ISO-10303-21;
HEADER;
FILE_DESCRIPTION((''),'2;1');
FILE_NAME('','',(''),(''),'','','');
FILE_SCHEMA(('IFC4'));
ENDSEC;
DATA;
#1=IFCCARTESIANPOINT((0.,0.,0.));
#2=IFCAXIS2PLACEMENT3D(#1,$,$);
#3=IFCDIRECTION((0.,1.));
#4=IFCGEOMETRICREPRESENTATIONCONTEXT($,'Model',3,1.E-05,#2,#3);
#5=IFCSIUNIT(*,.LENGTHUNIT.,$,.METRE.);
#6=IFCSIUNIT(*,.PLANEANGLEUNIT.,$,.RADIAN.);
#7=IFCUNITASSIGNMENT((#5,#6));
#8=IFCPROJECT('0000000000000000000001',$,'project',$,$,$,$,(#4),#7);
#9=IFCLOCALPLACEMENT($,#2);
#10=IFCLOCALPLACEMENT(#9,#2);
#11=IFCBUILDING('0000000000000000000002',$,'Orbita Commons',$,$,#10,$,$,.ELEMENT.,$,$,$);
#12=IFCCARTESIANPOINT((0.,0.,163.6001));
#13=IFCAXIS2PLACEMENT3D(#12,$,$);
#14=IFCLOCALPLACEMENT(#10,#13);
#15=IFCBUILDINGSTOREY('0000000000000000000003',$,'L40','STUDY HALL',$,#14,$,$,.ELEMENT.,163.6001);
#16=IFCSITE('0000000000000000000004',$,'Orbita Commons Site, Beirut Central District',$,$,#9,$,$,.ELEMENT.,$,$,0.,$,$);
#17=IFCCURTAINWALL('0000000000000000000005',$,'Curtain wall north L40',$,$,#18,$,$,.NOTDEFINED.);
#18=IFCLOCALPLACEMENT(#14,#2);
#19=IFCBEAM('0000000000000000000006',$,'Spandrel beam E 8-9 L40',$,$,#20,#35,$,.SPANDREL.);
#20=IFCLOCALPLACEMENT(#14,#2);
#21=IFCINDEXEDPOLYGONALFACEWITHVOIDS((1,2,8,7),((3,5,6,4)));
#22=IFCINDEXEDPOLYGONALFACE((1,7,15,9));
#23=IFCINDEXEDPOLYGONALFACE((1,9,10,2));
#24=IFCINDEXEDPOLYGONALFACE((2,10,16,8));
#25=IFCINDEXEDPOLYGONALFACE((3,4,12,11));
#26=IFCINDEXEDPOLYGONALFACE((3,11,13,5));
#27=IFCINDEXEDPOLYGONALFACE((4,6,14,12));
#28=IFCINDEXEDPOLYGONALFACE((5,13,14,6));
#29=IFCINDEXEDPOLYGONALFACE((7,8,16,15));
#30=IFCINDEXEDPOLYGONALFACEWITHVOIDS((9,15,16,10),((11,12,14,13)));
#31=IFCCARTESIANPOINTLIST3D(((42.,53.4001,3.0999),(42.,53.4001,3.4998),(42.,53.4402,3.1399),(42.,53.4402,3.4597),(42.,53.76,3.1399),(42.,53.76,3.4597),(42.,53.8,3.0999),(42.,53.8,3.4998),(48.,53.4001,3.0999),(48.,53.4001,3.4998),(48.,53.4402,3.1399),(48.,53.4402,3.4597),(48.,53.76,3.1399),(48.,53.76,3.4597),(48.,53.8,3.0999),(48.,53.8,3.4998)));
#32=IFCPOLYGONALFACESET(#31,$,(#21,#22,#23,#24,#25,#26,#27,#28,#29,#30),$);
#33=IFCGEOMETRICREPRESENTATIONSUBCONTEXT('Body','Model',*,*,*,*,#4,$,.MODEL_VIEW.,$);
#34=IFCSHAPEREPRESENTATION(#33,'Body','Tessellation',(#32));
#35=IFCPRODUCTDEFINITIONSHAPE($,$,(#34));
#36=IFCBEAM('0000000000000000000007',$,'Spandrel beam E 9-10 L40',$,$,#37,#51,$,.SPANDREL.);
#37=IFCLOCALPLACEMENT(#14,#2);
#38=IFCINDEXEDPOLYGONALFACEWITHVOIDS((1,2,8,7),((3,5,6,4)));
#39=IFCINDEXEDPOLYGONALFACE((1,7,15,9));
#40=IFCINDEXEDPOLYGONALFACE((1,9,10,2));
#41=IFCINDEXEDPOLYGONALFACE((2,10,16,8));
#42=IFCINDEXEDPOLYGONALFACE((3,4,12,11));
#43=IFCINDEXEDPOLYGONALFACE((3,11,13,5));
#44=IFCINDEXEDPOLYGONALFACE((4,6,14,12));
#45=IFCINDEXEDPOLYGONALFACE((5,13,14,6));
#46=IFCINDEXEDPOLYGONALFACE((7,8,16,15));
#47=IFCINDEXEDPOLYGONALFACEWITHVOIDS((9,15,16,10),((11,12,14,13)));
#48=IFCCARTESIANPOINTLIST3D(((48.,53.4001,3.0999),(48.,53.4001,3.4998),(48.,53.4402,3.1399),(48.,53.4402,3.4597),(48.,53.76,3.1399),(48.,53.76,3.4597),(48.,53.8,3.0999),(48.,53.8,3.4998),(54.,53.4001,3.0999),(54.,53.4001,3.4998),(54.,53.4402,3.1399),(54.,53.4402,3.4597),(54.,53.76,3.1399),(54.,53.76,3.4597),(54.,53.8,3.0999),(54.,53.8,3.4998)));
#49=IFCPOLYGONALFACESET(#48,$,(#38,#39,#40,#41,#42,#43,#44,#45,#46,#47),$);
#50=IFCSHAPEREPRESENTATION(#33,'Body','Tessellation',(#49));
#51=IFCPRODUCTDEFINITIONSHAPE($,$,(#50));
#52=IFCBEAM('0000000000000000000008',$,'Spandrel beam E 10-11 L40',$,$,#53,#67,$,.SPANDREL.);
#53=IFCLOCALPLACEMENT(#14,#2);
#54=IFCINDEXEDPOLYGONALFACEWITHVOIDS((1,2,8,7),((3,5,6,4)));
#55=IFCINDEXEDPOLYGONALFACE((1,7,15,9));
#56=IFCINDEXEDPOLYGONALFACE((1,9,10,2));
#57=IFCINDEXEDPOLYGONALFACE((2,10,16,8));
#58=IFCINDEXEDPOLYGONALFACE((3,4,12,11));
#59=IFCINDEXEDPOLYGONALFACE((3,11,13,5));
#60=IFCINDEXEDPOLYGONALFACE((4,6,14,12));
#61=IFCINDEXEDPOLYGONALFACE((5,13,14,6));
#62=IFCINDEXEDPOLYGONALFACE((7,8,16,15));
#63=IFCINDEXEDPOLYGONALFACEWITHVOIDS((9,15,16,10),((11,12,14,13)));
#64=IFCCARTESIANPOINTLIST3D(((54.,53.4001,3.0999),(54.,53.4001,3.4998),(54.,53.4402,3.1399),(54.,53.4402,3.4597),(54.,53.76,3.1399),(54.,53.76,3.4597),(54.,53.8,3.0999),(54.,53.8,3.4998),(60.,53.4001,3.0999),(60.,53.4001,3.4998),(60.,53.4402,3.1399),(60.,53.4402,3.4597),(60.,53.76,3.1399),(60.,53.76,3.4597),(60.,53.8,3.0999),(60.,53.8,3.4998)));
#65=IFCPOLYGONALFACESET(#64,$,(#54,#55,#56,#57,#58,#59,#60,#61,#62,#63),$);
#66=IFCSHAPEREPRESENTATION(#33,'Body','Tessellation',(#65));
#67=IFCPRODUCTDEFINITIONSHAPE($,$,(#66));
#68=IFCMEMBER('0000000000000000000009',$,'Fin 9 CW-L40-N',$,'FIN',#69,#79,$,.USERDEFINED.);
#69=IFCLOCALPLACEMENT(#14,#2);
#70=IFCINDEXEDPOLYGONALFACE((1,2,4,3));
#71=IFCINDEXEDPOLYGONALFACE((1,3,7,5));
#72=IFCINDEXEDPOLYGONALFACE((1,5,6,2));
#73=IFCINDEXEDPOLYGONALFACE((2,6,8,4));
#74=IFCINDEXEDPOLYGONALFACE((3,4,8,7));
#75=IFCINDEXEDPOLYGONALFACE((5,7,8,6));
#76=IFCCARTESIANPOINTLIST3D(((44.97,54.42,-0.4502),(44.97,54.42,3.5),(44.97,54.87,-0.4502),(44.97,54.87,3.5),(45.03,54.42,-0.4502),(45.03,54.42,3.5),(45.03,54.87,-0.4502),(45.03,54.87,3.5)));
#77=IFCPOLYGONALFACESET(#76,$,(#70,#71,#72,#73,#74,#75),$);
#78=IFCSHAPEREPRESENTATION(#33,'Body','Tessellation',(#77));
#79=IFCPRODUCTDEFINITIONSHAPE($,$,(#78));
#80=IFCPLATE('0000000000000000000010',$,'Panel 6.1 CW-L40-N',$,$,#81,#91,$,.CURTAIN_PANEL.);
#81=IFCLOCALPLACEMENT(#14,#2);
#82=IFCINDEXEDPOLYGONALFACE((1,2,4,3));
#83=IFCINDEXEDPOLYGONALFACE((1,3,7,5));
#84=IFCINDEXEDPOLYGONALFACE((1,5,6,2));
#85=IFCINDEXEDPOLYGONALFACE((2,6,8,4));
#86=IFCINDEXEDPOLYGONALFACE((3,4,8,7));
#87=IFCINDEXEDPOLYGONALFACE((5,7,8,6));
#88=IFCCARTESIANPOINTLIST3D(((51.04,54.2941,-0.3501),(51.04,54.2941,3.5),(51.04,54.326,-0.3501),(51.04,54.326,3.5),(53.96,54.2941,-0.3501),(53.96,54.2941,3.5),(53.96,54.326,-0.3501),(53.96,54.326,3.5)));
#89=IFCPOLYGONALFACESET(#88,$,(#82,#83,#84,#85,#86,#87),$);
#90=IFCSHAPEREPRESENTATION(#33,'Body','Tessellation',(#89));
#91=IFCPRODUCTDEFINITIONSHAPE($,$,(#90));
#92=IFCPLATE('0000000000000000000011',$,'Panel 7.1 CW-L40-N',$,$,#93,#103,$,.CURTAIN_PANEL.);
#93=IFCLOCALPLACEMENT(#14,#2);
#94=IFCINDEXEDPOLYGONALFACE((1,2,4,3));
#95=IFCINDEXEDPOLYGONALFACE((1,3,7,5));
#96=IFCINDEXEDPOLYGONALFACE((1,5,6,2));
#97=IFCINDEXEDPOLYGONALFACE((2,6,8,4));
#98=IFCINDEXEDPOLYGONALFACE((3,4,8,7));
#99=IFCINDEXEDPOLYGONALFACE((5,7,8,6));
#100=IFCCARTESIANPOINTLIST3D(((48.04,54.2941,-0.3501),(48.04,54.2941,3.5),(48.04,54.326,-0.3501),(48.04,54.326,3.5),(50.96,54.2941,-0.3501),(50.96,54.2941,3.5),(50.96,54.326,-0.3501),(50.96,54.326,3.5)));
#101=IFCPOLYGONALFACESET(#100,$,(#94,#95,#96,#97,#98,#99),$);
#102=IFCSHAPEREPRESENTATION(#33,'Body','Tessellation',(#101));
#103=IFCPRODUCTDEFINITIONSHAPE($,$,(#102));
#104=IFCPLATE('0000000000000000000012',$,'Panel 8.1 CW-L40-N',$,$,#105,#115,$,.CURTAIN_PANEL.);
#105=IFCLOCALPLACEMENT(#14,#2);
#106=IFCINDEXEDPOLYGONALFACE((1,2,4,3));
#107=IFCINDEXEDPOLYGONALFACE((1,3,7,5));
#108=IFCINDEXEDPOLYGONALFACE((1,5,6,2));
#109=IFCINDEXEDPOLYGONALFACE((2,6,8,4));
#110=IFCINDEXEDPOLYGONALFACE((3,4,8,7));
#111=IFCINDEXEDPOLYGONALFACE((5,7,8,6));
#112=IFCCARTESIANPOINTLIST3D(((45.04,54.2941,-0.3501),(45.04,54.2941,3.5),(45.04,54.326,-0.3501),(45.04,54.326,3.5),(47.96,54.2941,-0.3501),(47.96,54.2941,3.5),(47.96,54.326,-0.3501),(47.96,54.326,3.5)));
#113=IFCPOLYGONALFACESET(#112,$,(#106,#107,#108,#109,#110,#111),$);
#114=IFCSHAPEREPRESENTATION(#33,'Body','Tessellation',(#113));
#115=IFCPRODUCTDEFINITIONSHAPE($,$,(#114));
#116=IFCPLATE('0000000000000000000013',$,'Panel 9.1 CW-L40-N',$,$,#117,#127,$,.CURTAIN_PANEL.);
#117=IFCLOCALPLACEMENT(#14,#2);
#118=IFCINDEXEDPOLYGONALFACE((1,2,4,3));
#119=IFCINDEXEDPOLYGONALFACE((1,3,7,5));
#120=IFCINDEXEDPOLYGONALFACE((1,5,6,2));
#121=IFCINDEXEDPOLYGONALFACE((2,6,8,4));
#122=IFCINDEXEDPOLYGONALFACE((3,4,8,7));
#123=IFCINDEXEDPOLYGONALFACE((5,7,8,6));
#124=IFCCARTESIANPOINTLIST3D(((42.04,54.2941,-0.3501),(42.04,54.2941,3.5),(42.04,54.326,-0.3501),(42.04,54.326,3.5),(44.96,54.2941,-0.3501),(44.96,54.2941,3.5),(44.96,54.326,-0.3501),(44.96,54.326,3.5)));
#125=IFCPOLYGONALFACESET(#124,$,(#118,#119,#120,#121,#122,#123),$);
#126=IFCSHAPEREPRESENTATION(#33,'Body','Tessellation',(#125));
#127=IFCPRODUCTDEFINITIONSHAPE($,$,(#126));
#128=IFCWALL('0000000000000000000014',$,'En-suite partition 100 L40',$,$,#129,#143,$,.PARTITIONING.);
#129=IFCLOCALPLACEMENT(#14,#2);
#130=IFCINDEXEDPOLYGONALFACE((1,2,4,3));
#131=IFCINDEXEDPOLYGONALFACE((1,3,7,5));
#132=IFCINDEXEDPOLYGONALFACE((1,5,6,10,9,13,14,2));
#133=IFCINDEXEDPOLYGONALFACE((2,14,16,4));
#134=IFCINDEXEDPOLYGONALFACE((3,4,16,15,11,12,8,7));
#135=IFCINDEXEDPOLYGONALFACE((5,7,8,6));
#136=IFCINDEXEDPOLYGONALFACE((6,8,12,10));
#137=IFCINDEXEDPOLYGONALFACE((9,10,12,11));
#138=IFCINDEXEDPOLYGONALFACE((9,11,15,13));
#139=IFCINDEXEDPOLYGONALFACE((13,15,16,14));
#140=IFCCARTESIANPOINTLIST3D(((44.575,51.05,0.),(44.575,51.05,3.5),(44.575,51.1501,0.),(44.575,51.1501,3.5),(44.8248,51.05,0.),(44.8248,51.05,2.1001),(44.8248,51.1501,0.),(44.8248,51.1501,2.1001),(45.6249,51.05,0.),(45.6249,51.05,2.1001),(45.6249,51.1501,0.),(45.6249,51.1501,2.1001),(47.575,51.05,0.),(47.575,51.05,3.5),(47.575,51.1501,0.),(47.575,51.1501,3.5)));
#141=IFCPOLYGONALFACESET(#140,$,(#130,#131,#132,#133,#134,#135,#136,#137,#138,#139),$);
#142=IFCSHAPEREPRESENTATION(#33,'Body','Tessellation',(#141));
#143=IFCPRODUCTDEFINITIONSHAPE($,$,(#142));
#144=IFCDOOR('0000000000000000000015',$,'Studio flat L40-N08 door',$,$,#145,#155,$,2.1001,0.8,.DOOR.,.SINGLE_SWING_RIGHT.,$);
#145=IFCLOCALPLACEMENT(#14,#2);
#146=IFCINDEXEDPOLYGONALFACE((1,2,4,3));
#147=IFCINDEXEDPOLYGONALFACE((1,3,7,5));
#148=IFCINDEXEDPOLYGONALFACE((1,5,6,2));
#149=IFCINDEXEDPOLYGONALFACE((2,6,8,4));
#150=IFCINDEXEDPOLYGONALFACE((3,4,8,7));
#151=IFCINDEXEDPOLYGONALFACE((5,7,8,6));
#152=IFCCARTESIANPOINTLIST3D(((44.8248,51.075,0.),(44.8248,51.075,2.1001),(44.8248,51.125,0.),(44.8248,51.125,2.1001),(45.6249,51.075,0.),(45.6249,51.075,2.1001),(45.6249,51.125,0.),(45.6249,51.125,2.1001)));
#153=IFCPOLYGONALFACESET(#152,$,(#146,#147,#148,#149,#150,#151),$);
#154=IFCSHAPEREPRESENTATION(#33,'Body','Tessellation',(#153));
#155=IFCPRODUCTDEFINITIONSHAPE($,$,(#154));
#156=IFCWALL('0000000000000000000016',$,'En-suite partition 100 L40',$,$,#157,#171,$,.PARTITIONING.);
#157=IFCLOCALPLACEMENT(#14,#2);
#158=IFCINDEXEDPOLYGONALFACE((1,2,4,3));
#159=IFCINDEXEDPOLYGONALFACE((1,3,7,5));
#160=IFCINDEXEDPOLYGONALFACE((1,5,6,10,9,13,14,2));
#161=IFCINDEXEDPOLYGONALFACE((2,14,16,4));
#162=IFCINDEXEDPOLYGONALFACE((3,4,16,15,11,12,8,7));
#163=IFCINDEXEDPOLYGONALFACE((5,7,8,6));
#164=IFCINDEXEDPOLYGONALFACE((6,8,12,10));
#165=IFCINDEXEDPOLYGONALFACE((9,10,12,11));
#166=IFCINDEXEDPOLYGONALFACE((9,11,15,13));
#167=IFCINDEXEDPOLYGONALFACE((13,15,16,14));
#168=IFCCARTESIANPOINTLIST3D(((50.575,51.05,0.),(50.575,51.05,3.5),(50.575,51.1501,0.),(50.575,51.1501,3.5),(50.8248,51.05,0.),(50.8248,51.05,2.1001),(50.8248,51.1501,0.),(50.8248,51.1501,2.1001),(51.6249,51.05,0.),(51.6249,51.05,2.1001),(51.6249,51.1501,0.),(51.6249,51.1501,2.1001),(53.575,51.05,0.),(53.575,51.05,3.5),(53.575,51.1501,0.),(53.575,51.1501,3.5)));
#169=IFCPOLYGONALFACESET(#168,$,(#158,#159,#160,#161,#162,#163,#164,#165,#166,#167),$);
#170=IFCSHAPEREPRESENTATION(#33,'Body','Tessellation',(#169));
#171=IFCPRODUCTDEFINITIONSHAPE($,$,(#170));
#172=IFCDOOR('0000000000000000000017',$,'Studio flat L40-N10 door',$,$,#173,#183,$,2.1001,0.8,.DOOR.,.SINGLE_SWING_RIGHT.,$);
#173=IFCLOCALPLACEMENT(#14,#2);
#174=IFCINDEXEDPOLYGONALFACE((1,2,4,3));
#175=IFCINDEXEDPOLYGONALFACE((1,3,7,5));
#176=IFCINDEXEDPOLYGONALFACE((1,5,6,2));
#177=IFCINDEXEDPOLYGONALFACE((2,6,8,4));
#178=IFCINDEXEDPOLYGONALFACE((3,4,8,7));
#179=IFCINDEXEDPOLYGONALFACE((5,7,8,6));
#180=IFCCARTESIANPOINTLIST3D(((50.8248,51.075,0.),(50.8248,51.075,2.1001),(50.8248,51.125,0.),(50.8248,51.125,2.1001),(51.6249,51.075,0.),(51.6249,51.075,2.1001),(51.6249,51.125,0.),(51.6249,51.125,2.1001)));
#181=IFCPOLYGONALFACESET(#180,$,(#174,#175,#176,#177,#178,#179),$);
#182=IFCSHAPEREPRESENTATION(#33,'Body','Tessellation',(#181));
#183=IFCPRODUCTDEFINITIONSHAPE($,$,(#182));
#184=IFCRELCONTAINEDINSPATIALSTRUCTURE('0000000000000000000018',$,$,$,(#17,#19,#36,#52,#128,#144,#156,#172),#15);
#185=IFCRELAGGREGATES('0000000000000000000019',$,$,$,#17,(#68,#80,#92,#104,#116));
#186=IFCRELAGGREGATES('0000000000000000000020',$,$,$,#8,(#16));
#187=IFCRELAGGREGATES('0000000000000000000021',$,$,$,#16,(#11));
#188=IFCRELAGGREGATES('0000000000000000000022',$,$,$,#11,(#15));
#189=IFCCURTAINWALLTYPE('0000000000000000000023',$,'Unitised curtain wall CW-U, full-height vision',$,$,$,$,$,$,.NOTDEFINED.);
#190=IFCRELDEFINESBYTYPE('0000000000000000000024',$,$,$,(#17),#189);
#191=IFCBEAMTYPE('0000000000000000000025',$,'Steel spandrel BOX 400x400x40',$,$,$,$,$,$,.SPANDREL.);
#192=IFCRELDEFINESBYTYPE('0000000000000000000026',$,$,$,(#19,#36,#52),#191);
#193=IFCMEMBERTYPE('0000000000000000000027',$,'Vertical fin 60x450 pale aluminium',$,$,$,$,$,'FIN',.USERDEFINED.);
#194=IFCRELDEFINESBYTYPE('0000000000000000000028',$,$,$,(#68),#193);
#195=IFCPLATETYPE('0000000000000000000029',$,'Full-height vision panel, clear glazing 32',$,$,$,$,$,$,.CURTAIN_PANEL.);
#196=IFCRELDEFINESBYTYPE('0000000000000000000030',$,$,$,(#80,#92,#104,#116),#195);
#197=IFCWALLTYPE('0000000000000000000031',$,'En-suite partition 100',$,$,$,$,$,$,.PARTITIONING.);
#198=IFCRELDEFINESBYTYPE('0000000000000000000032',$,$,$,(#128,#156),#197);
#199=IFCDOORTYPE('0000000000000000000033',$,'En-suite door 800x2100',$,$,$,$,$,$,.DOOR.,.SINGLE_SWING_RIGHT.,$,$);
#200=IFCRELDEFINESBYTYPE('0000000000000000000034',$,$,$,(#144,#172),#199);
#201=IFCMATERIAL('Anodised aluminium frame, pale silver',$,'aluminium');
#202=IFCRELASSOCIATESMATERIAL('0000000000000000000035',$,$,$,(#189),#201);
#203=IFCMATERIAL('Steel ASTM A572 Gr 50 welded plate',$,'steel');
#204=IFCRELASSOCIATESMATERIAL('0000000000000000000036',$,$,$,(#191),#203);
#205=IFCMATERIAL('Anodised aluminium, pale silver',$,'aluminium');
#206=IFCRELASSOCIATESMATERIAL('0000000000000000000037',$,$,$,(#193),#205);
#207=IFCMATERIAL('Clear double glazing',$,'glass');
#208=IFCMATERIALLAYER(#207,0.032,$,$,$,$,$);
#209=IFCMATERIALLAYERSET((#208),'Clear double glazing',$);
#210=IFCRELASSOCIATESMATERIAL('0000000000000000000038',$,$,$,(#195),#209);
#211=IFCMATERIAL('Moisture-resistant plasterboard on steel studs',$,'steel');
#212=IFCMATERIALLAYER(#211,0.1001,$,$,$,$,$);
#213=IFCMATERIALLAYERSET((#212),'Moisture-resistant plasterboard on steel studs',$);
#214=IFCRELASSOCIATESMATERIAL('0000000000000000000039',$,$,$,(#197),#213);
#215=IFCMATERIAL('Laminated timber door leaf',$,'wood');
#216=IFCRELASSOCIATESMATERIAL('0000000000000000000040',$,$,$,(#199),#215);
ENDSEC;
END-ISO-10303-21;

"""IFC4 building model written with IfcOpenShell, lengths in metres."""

from ifc_helpers import new_model, si_unit, direction, frame, frame_2d, origin, origin_2d, place, context, subcontext, project, spatial, rectangle, hollow_rectangle, extrude, material, layer, layer_set, material_profile, profile_set, type_object, element, fill, aggregate, save


model = new_model("IFC4")

# Units and contexts
model_context = context("Model", 3, precision=1e-05, world=origin(), true_north=direction((0.0, 1.0)))
body_context = subcontext(model_context, "Body", "Model", "MODEL_VIEW")
ifc_project = project(units=[si_unit("LENGTHUNIT", "METRE"), si_unit("PLANEANGLEUNIT", "RADIAN")], contexts=[model_context])

# Site, building, storey
site_placement = place(None, origin())
site = spatial("IfcSite", under=ifc_project, at=site_placement, Name="Orbita Commons Site, Beirut Central District", CompositionType="ELEMENT", RefElevation=0.0)
building_placement = place(site_placement, origin())
building = spatial("IfcBuilding", under=site, at=building_placement, Name="Orbita Commons", CompositionType="ELEMENT")
storey_placement = place(building_placement, frame((0.0, 0.0, 163.6001)))
storey = spatial("IfcBuildingStorey", under=building, at=storey_placement, Name="L40", Description="STUDY HALL", CompositionType="ELEMENT", Elevation=163.6001)

# Curtain wall
ifc_material_1 = material(Name="Anodised aluminium frame, pale silver", Category="aluminium")
curtain_wall_type = type_object("IfcCurtainWallType", Name="Unitised curtain wall CW-U, full-height vision", PredefinedType="NOTDEFINED", material=ifc_material_1)
curtain_wall_placement = place(storey_placement, origin())
curtain_wall = element("IfcCurtainWall", 1, at=curtain_wall_placement, inside=storey, type_object=curtain_wall_type, Name="Curtain wall north L40", PredefinedType="NOTDEFINED")

# Beams
ifc_material_2 = material(Name="Steel ASTM A572 Gr 50 welded plate", Category="steel")
ifc_material_profile_1 = material_profile(ifc_material_2, hollow_rectangle(XDim=0.3999, YDim=0.3999, WallThickness=0.04, at=origin_2d()), Name="BOX 400x400x40")
ifc_profile_set_1 = profile_set([ifc_material_profile_1], Name="Steel ASTM A572 Gr 50 welded plate")
beam_type = type_object("IfcBeamType", Name="Steel spandrel BOX 400x400x40", PredefinedType="SPANDREL", material=ifc_profile_set_1)
for number, where, z_axis, x_axis, name in (
    (2, (42.0, 53.6001, 3.2998), (1.0, 0.0, 0.0), (0.0, 1.0, 0.0), "Spandrel beam E 8-9 L40"),
    (3, (48.0, 53.6001, 3.2998), (1.0, 0.0, 0.0), (0.0, 1.0, 0.0), "Spandrel beam E 9-10 L40"),
    (4, (54.0, 53.6001, 3.2998), (1.0, 0.0, 0.0), (0.0, 1.0, 0.0), "Spandrel beam E 10-11 L40"),
):
    element("IfcBeam", number, at=place(storey_placement, frame(where, z_axis=z_axis, x_axis=x_axis)), inside=storey, type_object=beam_type, Name=name, PredefinedType="SPANDREL", context=body_context, shape_type="SweptSolid", body=[
        extrude(hollow_rectangle(XDim=0.3999, YDim=0.3999, WallThickness=0.04, at=origin_2d()), origin(), (0.0, 0.0, 1.0), 6.0),
    ])

# Member
ifc_material_3 = material(Name="Anodised aluminium, pale silver", Category="aluminium")
ifc_material_profile_2 = material_profile(ifc_material_3, rectangle(XDim=0.0601, YDim=0.45, at=origin_2d()), Name="FIN 60x450")
ifc_profile_set_2 = profile_set([ifc_material_profile_2], Name="Anodised aluminium, pale silver")
member_type_1 = type_object("IfcMemberType", Name="Vertical fin 60x450 pale aluminium", ElementType="FIN", PredefinedType="USERDEFINED", material=ifc_profile_set_2)
member_1_placement = place(storey_placement, frame((45.0, 54.645, -0.4502), z_axis=(0.0, 0.0, 1.0), x_axis=(-1.0, 0.0, 0.0)))
member_1 = element("IfcMember", 5, at=member_1_placement, type_object=member_type_1, Name="Fin 9 CW-L40-N", ObjectType="FIN", PredefinedType="USERDEFINED", context=body_context, shape_type="SweptSolid", body=[
    extrude(rectangle(XDim=0.0601, YDim=0.45, at=origin_2d()), origin(), (0.0, 0.0, 1.0), 3.9502),
])

# Plates
ifc_material_4 = material(Name="Clear double glazing", Category="glass")
ifc_layer_1 = layer(ifc_material_4, 0.032)
ifc_layer_set_1 = layer_set([ifc_layer_1], Name="Clear double glazing")
plate_type = type_object("IfcPlateType", Name="Full-height vision panel, clear glazing 32", PredefinedType="CURTAIN_PANEL", material=ifc_layer_set_1)
plate_1_placement = place(storey_placement, frame((52.5, 54.3101, -0.3501), z_axis=(0.0, 0.0, 1.0), x_axis=(-1.0, 0.0, 0.0)))
plate_1 = element("IfcPlate", 6, at=plate_1_placement, type_object=plate_type, Name="Panel 6.1 CW-L40-N", PredefinedType="CURTAIN_PANEL", context=body_context, shape_type="SweptSolid", body=[
    extrude(rectangle(XDim=2.9199, YDim=0.032, at=origin_2d()), origin(), (0.0, 0.0, 1.0), 3.8501),
])
plate_2_placement = place(storey_placement, frame((49.5, 54.3101, -0.3501), z_axis=(0.0, 0.0, 1.0), x_axis=(-1.0, 0.0, 0.0)))
plate_2 = element("IfcPlate", 7, at=plate_2_placement, type_object=plate_type, Name="Panel 7.1 CW-L40-N", PredefinedType="CURTAIN_PANEL", context=body_context, shape_type="SweptSolid", body=[
    extrude(rectangle(XDim=2.9199, YDim=0.032, at=origin_2d()), origin(), (0.0, 0.0, 1.0), 3.8501),
])
plate_3_placement = place(storey_placement, frame((46.5, 54.3101, -0.3501), z_axis=(0.0, 0.0, 1.0), x_axis=(-1.0, 0.0, 0.0)))
plate_3 = element("IfcPlate", 8, at=plate_3_placement, type_object=plate_type, Name="Panel 8.1 CW-L40-N", PredefinedType="CURTAIN_PANEL", context=body_context, shape_type="SweptSolid", body=[
    extrude(rectangle(XDim=2.9199, YDim=0.032, at=origin_2d()), origin(), (0.0, 0.0, 1.0), 3.8501),
])
plate_4_placement = place(storey_placement, frame((43.5, 54.3101, -0.3501), z_axis=(0.0, 0.0, 1.0), x_axis=(-1.0, 0.0, 0.0)))
plate_4 = element("IfcPlate", 9, at=plate_4_placement, type_object=plate_type, Name="Panel 9.1 CW-L40-N", PredefinedType="CURTAIN_PANEL", context=body_context, shape_type="SweptSolid", body=[
    extrude(rectangle(XDim=2.9199, YDim=0.032, at=origin_2d()), origin(), (0.0, 0.0, 1.0), 3.8501),
])
aggregate(curtain_wall, [member_1, plate_1, plate_2, plate_3, plate_4])

# Walls, openings, doors
ifc_material_5 = material(Name="Moisture-resistant plasterboard on steel studs", Category="steel")
ifc_layer_2 = layer(ifc_material_5, 0.1001)
ifc_layer_set_2 = layer_set([ifc_layer_2], Name="Moisture-resistant plasterboard on steel studs")
wall_type_1 = type_object("IfcWallType", Name="En-suite partition 100", PredefinedType="PARTITIONING", material=ifc_layer_set_2)
wall_1_placement = place(storey_placement, frame((44.575, 51.1001, 0.0), z_axis=(0.0, 0.0, 1.0), x_axis=(1.0, 0.0, 0.0)))
wall_1 = element("IfcWall", 10, at=wall_1_placement, inside=storey, type_object=wall_type_1, Name="En-suite partition 100 L40", PredefinedType="PARTITIONING", context=body_context, shape_type="SweptSolid", body=[
    extrude(rectangle(XDim=3.0, YDim=0.1001, at=frame_2d((1.5, 0.0))), origin(), (0.0, 0.0, 1.0), 3.5),
])
opening_1_placement = place(wall_1_placement, frame((0.25, 0.0, 0.0)))
opening_1 = element("IfcOpeningElement", 11, at=opening_1_placement, cuts=wall_1, PredefinedType="OPENING", context=body_context, shape_type="SweptSolid", body=[
    extrude(rectangle(XDim=0.8, YDim=2.1001, at=frame_2d((0.3999, 1.05))), frame((0.0, 0.0601, 0.0), z_axis=(0.0, -1.0, 0.0), x_axis=(1.0, 0.0, 0.0)), (0.0, 0.0, 1.0), 0.1201),
])
ifc_material_6 = material(Name="Laminated timber door leaf", Category="wood")
door_type = type_object("IfcDoorType", Name="En-suite door 800x2100", OperationType="SINGLE_SWING_RIGHT", PredefinedType="DOOR", material=ifc_material_6)
door_1_placement = place(opening_1_placement, origin())
door_1 = element("IfcDoor", 12, at=door_1_placement, inside=storey, type_object=door_type, Name="Studio flat L40-N08 door", OperationType="SINGLE_SWING_RIGHT", OverallHeight=2.1001, OverallWidth=0.8, PredefinedType="DOOR", context=body_context, shape_type="SweptSolid", body=[
    extrude(rectangle(XDim=0.8, YDim=2.1001, at=frame_2d((0.3999, 1.05))), frame((0.0, 0.0249, 0.0), z_axis=(0.0, -1.0, 0.0), x_axis=(1.0, 0.0, 0.0)), (0.0, 0.0, 1.0), 0.05),
])
fill(opening_1, door_1)
wall_2_placement = place(storey_placement, frame((50.575, 51.1001, 0.0), z_axis=(0.0, 0.0, 1.0), x_axis=(1.0, 0.0, 0.0)))
wall_2 = element("IfcWall", 13, at=wall_2_placement, inside=storey, type_object=wall_type_1, Name="En-suite partition 100 L40", PredefinedType="PARTITIONING", context=body_context, shape_type="SweptSolid", body=[
    extrude(rectangle(XDim=3.0, YDim=0.1001, at=frame_2d((1.5, 0.0))), origin(), (0.0, 0.0, 1.0), 3.5),
])
opening_2_placement = place(wall_2_placement, frame((0.25, 0.0, 0.0)))
opening_2 = element("IfcOpeningElement", 14, at=opening_2_placement, cuts=wall_2, PredefinedType="OPENING", context=body_context, shape_type="SweptSolid", body=[
    extrude(rectangle(XDim=0.8, YDim=2.1001, at=frame_2d((0.3999, 1.05))), frame((0.0, 0.0601, 0.0), z_axis=(0.0, -1.0, 0.0), x_axis=(1.0, 0.0, 0.0)), (0.0, 0.0, 1.0), 0.1201),
])
door_2_placement = place(opening_2_placement, origin())
door_2 = element("IfcDoor", 15, at=door_2_placement, inside=storey, type_object=door_type, Name="Studio flat L40-N10 door", OperationType="SINGLE_SWING_RIGHT", OverallHeight=2.1001, OverallWidth=0.8, PredefinedType="DOOR", context=body_context, shape_type="SweptSolid", body=[
    extrude(rectangle(XDim=0.8, YDim=2.1001, at=frame_2d((0.3999, 1.05))), frame((0.0, 0.0249, 0.0), z_axis=(0.0, -1.0, 0.0), x_axis=(1.0, 0.0, 0.0)), (0.0, 0.0, 1.0), 0.05),
])
fill(opening_2, door_2)

save(model, "model.ifc")
